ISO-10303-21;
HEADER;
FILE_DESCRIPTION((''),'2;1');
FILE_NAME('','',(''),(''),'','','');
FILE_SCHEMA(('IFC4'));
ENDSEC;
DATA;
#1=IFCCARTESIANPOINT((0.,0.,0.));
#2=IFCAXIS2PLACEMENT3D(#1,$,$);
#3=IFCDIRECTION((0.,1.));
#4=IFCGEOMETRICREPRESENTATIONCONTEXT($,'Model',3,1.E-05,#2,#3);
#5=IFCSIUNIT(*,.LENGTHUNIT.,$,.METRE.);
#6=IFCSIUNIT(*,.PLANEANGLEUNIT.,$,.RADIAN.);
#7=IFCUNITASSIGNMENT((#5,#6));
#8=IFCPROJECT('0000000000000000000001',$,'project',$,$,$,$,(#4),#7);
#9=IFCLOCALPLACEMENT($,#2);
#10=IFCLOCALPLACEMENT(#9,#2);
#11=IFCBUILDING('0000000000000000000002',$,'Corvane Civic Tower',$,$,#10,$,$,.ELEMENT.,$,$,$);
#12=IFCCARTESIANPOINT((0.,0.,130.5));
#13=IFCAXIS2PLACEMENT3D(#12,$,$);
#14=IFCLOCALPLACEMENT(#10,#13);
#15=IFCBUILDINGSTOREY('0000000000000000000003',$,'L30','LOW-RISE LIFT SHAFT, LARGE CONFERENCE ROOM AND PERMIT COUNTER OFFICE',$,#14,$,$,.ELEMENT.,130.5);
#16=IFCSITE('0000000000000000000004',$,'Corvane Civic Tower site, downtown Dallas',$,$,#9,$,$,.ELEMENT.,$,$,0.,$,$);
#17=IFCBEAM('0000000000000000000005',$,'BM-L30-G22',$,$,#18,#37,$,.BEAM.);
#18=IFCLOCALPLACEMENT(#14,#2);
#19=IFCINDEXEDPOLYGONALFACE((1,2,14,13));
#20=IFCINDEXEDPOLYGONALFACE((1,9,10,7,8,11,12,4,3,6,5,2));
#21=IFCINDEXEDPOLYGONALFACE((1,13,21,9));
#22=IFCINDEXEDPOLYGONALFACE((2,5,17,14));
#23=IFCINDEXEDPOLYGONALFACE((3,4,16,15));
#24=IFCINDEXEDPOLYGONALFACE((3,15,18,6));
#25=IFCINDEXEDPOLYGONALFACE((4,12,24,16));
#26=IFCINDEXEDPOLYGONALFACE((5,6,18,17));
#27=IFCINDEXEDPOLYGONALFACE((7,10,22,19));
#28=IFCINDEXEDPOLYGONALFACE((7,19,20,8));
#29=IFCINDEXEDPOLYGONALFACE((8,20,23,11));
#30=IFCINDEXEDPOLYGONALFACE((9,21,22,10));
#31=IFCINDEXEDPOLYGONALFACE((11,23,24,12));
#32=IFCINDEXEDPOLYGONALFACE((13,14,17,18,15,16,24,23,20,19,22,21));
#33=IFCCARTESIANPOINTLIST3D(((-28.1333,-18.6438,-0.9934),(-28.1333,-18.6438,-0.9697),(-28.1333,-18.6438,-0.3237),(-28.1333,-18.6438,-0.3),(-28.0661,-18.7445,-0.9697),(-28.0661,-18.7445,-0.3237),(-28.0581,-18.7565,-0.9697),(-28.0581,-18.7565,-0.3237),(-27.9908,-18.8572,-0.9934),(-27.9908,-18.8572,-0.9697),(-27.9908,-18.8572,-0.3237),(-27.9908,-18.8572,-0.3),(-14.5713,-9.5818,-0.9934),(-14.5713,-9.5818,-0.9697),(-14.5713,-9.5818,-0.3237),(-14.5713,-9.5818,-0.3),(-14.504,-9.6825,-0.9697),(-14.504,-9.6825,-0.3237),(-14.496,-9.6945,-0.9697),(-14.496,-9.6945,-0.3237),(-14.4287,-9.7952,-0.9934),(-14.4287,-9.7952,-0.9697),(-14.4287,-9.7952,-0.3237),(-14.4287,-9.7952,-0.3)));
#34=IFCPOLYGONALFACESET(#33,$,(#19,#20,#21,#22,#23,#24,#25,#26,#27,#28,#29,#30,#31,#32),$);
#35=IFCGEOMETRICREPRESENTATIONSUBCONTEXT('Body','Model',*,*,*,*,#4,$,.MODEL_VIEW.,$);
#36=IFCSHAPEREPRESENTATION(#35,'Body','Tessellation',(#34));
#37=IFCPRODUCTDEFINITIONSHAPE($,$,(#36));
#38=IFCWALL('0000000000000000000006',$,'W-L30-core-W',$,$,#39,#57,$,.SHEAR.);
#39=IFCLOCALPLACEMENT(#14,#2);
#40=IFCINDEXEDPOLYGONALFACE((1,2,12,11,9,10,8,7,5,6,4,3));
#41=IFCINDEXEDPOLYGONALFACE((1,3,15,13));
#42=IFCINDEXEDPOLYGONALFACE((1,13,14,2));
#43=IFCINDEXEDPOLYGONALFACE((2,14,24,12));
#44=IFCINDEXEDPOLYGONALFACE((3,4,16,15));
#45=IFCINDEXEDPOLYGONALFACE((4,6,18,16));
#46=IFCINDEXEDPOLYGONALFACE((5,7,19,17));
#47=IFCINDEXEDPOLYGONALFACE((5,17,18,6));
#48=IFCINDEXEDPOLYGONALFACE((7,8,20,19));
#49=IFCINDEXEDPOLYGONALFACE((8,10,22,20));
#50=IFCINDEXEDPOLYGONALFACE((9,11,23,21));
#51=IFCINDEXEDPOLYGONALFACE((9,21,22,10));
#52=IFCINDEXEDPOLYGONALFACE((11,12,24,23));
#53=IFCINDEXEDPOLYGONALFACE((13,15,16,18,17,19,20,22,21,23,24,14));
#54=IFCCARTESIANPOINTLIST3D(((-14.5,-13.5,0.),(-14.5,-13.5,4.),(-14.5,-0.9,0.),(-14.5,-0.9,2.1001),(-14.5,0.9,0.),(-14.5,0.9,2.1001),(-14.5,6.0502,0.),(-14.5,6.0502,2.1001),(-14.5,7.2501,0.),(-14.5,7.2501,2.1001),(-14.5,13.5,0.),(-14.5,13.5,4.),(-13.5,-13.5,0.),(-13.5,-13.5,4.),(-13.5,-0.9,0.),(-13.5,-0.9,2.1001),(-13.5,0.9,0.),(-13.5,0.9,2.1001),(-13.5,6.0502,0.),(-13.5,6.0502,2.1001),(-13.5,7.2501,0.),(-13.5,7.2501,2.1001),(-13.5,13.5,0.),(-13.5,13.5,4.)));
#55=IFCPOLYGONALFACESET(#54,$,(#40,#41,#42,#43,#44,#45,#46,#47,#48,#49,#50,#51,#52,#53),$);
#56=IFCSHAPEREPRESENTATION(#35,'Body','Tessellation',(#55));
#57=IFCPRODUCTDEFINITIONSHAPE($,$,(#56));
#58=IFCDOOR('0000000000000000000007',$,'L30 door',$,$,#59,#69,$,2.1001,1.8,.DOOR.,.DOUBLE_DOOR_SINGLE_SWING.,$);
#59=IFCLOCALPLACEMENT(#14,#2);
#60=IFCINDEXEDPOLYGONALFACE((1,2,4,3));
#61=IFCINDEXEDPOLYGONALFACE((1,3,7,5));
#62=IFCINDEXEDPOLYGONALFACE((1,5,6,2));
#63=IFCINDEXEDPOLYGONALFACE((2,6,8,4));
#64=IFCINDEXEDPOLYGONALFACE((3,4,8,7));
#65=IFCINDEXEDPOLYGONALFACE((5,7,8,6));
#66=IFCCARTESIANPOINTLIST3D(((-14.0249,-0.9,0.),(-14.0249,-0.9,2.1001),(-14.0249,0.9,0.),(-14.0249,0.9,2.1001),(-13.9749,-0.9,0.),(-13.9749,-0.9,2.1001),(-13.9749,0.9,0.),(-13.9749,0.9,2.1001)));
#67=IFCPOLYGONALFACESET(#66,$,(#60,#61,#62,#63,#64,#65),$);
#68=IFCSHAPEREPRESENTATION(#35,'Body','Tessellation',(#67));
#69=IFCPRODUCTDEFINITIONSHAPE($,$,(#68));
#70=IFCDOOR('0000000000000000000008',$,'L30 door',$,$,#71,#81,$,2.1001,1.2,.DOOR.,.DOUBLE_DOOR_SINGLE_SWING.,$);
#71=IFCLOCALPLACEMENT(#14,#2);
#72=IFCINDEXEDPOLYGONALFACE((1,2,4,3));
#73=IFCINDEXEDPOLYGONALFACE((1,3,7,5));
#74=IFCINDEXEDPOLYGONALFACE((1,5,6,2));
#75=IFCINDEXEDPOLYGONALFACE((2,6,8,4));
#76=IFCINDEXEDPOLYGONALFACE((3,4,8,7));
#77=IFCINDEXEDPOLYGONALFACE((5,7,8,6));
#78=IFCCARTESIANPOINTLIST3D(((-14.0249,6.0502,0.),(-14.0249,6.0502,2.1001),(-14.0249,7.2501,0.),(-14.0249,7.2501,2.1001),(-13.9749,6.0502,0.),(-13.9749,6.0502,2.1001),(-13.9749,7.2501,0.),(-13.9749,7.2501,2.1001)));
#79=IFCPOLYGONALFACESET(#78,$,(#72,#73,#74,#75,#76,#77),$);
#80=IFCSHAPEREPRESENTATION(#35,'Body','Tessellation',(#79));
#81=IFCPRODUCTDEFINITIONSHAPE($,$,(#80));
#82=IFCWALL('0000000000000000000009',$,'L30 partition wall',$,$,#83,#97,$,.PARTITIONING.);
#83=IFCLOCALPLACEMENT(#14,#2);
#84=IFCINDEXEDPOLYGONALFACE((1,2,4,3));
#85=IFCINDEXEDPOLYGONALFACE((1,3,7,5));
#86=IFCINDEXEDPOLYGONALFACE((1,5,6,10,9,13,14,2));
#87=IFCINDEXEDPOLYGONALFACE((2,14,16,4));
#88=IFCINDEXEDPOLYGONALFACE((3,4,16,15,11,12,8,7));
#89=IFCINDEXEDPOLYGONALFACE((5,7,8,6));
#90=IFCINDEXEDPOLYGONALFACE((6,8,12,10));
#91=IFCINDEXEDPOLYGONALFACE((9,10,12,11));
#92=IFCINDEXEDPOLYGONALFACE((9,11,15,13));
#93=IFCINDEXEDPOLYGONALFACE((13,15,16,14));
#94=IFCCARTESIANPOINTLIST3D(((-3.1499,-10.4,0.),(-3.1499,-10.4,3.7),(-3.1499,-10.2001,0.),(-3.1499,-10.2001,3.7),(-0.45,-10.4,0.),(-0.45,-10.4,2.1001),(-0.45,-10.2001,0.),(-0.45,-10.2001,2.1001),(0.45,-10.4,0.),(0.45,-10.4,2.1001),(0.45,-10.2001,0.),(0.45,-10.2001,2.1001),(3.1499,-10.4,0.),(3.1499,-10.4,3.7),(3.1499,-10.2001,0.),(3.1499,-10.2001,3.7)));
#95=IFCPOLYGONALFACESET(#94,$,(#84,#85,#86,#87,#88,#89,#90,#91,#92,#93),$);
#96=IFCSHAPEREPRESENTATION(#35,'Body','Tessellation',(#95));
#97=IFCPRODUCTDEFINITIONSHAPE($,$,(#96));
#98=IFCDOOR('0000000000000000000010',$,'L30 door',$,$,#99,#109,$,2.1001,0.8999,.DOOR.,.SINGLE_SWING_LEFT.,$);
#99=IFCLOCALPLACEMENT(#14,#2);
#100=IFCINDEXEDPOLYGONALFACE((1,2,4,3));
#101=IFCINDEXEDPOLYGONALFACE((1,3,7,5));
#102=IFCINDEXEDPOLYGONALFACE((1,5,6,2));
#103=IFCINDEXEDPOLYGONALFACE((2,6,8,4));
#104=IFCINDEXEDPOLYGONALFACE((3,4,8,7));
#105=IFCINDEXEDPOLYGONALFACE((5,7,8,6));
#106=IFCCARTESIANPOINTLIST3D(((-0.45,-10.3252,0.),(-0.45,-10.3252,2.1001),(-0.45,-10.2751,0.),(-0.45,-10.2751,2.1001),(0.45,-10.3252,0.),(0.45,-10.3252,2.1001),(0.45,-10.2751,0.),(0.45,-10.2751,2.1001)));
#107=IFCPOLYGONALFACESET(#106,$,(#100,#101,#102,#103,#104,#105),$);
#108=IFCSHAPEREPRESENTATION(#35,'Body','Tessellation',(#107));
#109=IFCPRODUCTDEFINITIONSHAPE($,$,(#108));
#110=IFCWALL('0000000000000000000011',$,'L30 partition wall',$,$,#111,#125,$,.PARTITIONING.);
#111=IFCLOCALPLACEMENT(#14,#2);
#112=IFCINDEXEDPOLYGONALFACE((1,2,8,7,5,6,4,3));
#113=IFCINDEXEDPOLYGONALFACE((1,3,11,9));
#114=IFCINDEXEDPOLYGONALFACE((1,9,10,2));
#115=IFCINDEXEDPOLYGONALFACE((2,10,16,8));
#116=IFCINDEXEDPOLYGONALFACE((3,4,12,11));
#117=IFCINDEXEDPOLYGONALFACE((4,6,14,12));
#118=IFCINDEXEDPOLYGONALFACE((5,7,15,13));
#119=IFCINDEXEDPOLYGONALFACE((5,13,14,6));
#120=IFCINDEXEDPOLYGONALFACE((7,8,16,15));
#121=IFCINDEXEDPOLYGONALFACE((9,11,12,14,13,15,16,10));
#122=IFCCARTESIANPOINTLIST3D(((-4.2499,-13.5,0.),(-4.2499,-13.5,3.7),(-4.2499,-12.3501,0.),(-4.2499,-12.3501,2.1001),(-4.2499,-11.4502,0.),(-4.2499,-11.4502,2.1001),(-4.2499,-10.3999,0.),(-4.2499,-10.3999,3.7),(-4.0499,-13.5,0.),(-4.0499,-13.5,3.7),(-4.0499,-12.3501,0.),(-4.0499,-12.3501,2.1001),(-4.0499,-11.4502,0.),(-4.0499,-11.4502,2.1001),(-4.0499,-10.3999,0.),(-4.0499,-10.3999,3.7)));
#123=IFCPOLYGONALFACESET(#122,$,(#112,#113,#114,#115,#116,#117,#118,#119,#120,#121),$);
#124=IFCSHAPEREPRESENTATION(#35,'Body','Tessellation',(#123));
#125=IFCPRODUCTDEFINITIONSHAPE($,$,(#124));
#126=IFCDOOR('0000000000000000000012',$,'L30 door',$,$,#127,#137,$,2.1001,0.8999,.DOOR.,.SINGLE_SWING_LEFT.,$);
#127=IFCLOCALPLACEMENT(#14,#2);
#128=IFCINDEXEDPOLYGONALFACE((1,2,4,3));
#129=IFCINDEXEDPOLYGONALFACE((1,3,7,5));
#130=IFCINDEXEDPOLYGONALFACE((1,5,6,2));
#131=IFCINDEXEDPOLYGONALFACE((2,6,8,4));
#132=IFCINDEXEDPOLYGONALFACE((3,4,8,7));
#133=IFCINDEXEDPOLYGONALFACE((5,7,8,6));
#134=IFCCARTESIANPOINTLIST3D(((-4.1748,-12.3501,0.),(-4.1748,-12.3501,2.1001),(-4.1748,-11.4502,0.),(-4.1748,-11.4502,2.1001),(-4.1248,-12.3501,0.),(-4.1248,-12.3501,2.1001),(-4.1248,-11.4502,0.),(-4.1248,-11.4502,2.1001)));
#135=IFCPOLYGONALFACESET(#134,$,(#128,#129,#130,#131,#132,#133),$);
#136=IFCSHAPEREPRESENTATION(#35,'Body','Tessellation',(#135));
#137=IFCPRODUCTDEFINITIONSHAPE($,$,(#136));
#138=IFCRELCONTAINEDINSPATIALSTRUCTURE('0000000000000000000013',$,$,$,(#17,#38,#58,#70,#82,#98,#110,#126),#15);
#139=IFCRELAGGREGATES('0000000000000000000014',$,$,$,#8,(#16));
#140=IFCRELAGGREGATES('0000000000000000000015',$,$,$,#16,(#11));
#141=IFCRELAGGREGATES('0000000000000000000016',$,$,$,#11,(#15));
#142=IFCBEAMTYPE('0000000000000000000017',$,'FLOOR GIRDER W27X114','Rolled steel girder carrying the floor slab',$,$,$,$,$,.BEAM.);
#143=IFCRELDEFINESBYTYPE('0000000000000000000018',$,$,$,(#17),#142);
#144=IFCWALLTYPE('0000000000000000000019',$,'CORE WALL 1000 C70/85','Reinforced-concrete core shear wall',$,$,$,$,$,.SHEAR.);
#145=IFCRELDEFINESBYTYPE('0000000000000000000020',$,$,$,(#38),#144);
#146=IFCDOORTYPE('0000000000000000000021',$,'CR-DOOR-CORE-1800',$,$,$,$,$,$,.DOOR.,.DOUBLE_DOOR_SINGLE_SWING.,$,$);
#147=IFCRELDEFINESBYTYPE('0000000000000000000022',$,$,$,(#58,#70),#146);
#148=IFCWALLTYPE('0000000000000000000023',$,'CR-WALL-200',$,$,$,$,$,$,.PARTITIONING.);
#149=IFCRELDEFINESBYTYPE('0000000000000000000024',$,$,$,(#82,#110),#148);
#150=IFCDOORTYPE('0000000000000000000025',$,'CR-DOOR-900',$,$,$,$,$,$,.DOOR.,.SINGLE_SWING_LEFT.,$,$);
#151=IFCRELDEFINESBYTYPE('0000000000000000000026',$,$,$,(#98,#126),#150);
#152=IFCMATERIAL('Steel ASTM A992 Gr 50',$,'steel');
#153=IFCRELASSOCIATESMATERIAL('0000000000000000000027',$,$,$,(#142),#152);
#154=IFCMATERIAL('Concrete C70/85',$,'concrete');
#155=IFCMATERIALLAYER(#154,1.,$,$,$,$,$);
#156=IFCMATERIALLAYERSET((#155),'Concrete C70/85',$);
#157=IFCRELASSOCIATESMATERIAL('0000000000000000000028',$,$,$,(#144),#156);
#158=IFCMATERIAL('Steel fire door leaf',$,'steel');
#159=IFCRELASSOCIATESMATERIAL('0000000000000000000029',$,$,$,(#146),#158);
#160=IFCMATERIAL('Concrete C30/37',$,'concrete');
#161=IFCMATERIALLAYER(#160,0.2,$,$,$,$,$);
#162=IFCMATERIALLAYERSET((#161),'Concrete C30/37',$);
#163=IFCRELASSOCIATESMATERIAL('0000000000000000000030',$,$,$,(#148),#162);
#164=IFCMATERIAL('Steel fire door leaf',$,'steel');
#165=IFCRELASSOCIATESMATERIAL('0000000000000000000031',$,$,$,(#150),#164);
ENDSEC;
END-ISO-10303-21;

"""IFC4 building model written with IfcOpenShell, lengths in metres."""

from ifc_helpers import new_model, si_unit, direction, frame, frame_2d, origin, origin_2d, place, context, subcontext, project, spatial, rectangle, i_section, extrude, material, layer, layer_set, material_profile, profile_set, type_object, element, fill, save


model = new_model("IFC4")

# Units and contexts
model_context = context("Model", 3, precision=1e-05, world=origin(), true_north=direction((0.0, 1.0)))
body_context = subcontext(model_context, "Body", "Model", "MODEL_VIEW")
ifc_project = project(units=[si_unit("LENGTHUNIT", "METRE"), si_unit("PLANEANGLEUNIT", "RADIAN")], contexts=[model_context])

# Site, building, storey
site_placement = place(None, origin())
site = spatial("IfcSite", under=ifc_project, at=site_placement, Name="Corvane Civic Tower site, downtown Dallas", CompositionType="ELEMENT", RefElevation=0.0)
building_placement = place(site_placement, origin())
building = spatial("IfcBuilding", under=site, at=building_placement, Name="Corvane Civic Tower", CompositionType="ELEMENT")
storey_placement = place(building_placement, frame((0.0, 0.0, 130.5)))
storey = spatial("IfcBuildingStorey", under=building, at=storey_placement, Name="L30", Description="LOW-RISE LIFT SHAFT, LARGE CONFERENCE ROOM AND PERMIT COUNTER OFFICE", CompositionType="ELEMENT", Elevation=130.5)

# Beam
ifc_material_1 = material(Name="Steel ASTM A992 Gr 50", Category="steel")
ifc_material_profile = material_profile(ifc_material_1, i_section(OverallWidth=0.2566, OverallDepth=0.6934, WebThickness=0.0144, FlangeThickness=0.0237, at=origin_2d()), Name="W27X114")
ifc_profile_set = profile_set([ifc_material_profile], Name="Steel ASTM A992 Gr 50")
beam_type = type_object("IfcBeamType", Name="FLOOR GIRDER W27X114", Description="Rolled steel girder carrying the floor slab", PredefinedType="BEAM", material=ifc_profile_set)
beam_placement = place(storey_placement, frame((-14.5, -9.6885, -0.6467), z_axis=(-0.831465, -0.555577, 0.0), x_axis=(0.555577, -0.831465, 0.0)))
element("IfcBeam", 1, at=beam_placement, inside=storey, type_object=beam_type, Name="BM-L30-G22", PredefinedType="BEAM", context=body_context, shape_type="SweptSolid", body=[
    extrude(i_section(OverallWidth=0.2566, OverallDepth=0.6934, WebThickness=0.0144, FlangeThickness=0.0237, at=origin_2d()), origin(), (0.0, 0.0, 1.0), 16.311),
])

# Wall, openings, doors
ifc_material_2 = material(Name="Concrete C70/85", Category="concrete")
ifc_layer_1 = layer(ifc_material_2, 1.0)
ifc_layer_set_1 = layer_set([ifc_layer_1], Name="Concrete C70/85")
wall_type_1 = type_object("IfcWallType", Name="CORE WALL 1000 C70/85", Description="Reinforced-concrete core shear wall", PredefinedType="SHEAR", material=ifc_layer_set_1)
wall_1_placement = place(storey_placement, frame((-14.0, -13.5, 0.0), z_axis=(0.0, 0.0, 1.0), x_axis=(0.0, 1.0, 0.0)))
wall_1 = element("IfcWall", 2, at=wall_1_placement, inside=storey, type_object=wall_type_1, Name="W-L30-core-W", PredefinedType="SHEAR", context=body_context, shape_type="SweptSolid", body=[
    extrude(rectangle(XDim=27.0, YDim=1.0, at=frame_2d((13.5, 0.0))), origin(), (0.0, 0.0, 1.0), 4.0),
])
opening_1_placement = place(wall_1_placement, frame((12.6001, 0.0, 0.0)))
opening_1 = element("IfcOpeningElement", 3, at=opening_1_placement, cuts=wall_1, PredefinedType="OPENING", context=body_context, shape_type="SweptSolid", body=[
    extrude(rectangle(XDim=1.8, YDim=2.1001, at=frame_2d((0.8999, 1.05))), frame((0.0, 0.51, 0.0), z_axis=(0.0, -1.0, 0.0), x_axis=(1.0, 0.0, 0.0)), (0.0, 0.0, 1.0), 1.02),
])
opening_2_placement = place(wall_1_placement, frame((19.55, 0.0, 0.0)))
opening_2 = element("IfcOpeningElement", 4, at=opening_2_placement, cuts=wall_1, PredefinedType="OPENING", context=body_context, shape_type="SweptSolid", body=[
    extrude(rectangle(XDim=1.2, YDim=2.1001, at=frame_2d((0.6001, 1.05))), frame((0.0, 0.51, 0.0), z_axis=(0.0, -1.0, 0.0), x_axis=(1.0, 0.0, 0.0)), (0.0, 0.0, 1.0), 1.02),
])
ifc_material_3 = material(Name="Steel fire door leaf", Category="steel")
door_type_1 = type_object("IfcDoorType", Name="CR-DOOR-CORE-1800", OperationType="DOUBLE_DOOR_SINGLE_SWING", PredefinedType="DOOR", material=ifc_material_3)
door_1_placement = place(opening_1_placement, origin())
door_1 = element("IfcDoor", 5, at=door_1_placement, inside=storey, type_object=door_type_1, Name="L30 door", OperationType="DOUBLE_DOOR_SINGLE_SWING", OverallHeight=2.1001, OverallWidth=1.8, PredefinedType="DOOR", context=body_context, shape_type="SweptSolid", body=[
    extrude(rectangle(XDim=1.8, YDim=2.1001, at=frame_2d((0.8999, 1.05))), frame((0.0, 0.0249, 0.0), z_axis=(0.0, -1.0, 0.0), x_axis=(1.0, 0.0, 0.0)), (0.0, 0.0, 1.0), 0.05),
])
fill(opening_1, door_1)
door_2_placement = place(opening_2_placement, origin())
door_2 = element("IfcDoor", 6, at=door_2_placement, inside=storey, type_object=door_type_1, Name="L30 door", OperationType="DOUBLE_DOOR_SINGLE_SWING", OverallHeight=2.1001, OverallWidth=1.2, PredefinedType="DOOR", context=body_context, shape_type="SweptSolid", body=[
    extrude(rectangle(XDim=1.2, YDim=2.1001, at=frame_2d((0.6001, 1.05))), frame((0.0, 0.0249, 0.0), z_axis=(0.0, -1.0, 0.0), x_axis=(1.0, 0.0, 0.0)), (0.0, 0.0, 1.0), 0.05),
])
fill(opening_2, door_2)

# Walls, openings, doors
ifc_material_4 = material(Name="Concrete C30/37", Category="concrete")
ifc_layer_2 = layer(ifc_material_4, 0.2)
ifc_layer_set_2 = layer_set([ifc_layer_2], Name="Concrete C30/37")
wall_type_2 = type_object("IfcWallType", Name="CR-WALL-200", PredefinedType="PARTITIONING", material=ifc_layer_set_2)
wall_2_placement = place(storey_placement, frame((-3.1499, -10.3, 0.0), z_axis=(0.0, 0.0, 1.0), x_axis=(1.0, 0.0, 0.0)))
wall_2 = element("IfcWall", 7, at=wall_2_placement, inside=storey, type_object=wall_type_2, Name="L30 partition wall", PredefinedType="PARTITIONING", context=body_context, shape_type="SweptSolid", body=[
    extrude(rectangle(XDim=6.2998, YDim=0.2, at=frame_2d((3.1499, 0.0))), origin(), (0.0, 0.0, 1.0), 3.7),
])
opening_3_placement = place(wall_2_placement, frame((2.7, 0.0, 0.0)))
opening_3 = element("IfcOpeningElement", 8, at=opening_3_placement, cuts=wall_2, PredefinedType="OPENING", context=body_context, shape_type="SweptSolid", body=[
    extrude(rectangle(XDim=0.8999, YDim=2.1001, at=frame_2d((0.45, 1.05))), frame((0.0, 0.1099, 0.0), z_axis=(0.0, -1.0, 0.0), x_axis=(1.0, 0.0, 0.0)), (0.0, 0.0, 1.0), 0.22),
])
ifc_material_5 = material(Name="Steel fire door leaf", Category="steel")
door_type_2 = type_object("IfcDoorType", Name="CR-DOOR-900", OperationType="SINGLE_SWING_LEFT", PredefinedType="DOOR", material=ifc_material_5)
door_3_placement = place(opening_3_placement, origin())
door_3 = element("IfcDoor", 9, at=door_3_placement, inside=storey, type_object=door_type_2, Name="L30 door", OperationType="SINGLE_SWING_LEFT", OverallHeight=2.1001, OverallWidth=0.8999, PredefinedType="DOOR", context=body_context, shape_type="SweptSolid", body=[
    extrude(rectangle(XDim=0.8999, YDim=2.1001, at=frame_2d((0.45, 1.05))), frame((0.0, 0.0249, 0.0), z_axis=(0.0, -1.0, 0.0), x_axis=(1.0, 0.0, 0.0)), (0.0, 0.0, 1.0), 0.05),
])
fill(opening_3, door_3)
wall_3_placement = place(storey_placement, frame((-4.1499, -13.5, 0.0), z_axis=(0.0, 0.0, 1.0), x_axis=(0.0, 1.0, 0.0)))
wall_3 = element("IfcWall", 10, at=wall_3_placement, inside=storey, type_object=wall_type_2, Name="L30 partition wall", PredefinedType="PARTITIONING", context=body_context, shape_type="SweptSolid", body=[
    extrude(rectangle(XDim=3.1001, YDim=0.2, at=frame_2d((1.55, 0.0))), origin(), (0.0, 0.0, 1.0), 3.7),
])
opening_4_placement = place(wall_3_placement, frame((1.1499, 0.0, 0.0)))
opening_4 = element("IfcOpeningElement", 11, at=opening_4_placement, cuts=wall_3, PredefinedType="OPENING", context=body_context, shape_type="SweptSolid", body=[
    extrude(rectangle(XDim=0.8999, YDim=2.1001, at=frame_2d((0.45, 1.05))), frame((0.0, 0.1099, 0.0), z_axis=(0.0, -1.0, 0.0), x_axis=(1.0, 0.0, 0.0)), (0.0, 0.0, 1.0), 0.22),
])
door_4_placement = place(opening_4_placement, origin())
door_4 = element("IfcDoor", 12, at=door_4_placement, inside=storey, type_object=door_type_2, Name="L30 door", OperationType="SINGLE_SWING_LEFT", OverallHeight=2.1001, OverallWidth=0.8999, PredefinedType="DOOR", context=body_context, shape_type="SweptSolid", body=[
    extrude(rectangle(XDim=0.8999, YDim=2.1001, at=frame_2d((0.45, 1.05))), frame((0.0, 0.0249, 0.0), z_axis=(0.0, -1.0, 0.0), x_axis=(1.0, 0.0, 0.0)), (0.0, 0.0, 1.0), 0.05),
])
fill(opening_4, door_4)

save(model, "model.ifc")
